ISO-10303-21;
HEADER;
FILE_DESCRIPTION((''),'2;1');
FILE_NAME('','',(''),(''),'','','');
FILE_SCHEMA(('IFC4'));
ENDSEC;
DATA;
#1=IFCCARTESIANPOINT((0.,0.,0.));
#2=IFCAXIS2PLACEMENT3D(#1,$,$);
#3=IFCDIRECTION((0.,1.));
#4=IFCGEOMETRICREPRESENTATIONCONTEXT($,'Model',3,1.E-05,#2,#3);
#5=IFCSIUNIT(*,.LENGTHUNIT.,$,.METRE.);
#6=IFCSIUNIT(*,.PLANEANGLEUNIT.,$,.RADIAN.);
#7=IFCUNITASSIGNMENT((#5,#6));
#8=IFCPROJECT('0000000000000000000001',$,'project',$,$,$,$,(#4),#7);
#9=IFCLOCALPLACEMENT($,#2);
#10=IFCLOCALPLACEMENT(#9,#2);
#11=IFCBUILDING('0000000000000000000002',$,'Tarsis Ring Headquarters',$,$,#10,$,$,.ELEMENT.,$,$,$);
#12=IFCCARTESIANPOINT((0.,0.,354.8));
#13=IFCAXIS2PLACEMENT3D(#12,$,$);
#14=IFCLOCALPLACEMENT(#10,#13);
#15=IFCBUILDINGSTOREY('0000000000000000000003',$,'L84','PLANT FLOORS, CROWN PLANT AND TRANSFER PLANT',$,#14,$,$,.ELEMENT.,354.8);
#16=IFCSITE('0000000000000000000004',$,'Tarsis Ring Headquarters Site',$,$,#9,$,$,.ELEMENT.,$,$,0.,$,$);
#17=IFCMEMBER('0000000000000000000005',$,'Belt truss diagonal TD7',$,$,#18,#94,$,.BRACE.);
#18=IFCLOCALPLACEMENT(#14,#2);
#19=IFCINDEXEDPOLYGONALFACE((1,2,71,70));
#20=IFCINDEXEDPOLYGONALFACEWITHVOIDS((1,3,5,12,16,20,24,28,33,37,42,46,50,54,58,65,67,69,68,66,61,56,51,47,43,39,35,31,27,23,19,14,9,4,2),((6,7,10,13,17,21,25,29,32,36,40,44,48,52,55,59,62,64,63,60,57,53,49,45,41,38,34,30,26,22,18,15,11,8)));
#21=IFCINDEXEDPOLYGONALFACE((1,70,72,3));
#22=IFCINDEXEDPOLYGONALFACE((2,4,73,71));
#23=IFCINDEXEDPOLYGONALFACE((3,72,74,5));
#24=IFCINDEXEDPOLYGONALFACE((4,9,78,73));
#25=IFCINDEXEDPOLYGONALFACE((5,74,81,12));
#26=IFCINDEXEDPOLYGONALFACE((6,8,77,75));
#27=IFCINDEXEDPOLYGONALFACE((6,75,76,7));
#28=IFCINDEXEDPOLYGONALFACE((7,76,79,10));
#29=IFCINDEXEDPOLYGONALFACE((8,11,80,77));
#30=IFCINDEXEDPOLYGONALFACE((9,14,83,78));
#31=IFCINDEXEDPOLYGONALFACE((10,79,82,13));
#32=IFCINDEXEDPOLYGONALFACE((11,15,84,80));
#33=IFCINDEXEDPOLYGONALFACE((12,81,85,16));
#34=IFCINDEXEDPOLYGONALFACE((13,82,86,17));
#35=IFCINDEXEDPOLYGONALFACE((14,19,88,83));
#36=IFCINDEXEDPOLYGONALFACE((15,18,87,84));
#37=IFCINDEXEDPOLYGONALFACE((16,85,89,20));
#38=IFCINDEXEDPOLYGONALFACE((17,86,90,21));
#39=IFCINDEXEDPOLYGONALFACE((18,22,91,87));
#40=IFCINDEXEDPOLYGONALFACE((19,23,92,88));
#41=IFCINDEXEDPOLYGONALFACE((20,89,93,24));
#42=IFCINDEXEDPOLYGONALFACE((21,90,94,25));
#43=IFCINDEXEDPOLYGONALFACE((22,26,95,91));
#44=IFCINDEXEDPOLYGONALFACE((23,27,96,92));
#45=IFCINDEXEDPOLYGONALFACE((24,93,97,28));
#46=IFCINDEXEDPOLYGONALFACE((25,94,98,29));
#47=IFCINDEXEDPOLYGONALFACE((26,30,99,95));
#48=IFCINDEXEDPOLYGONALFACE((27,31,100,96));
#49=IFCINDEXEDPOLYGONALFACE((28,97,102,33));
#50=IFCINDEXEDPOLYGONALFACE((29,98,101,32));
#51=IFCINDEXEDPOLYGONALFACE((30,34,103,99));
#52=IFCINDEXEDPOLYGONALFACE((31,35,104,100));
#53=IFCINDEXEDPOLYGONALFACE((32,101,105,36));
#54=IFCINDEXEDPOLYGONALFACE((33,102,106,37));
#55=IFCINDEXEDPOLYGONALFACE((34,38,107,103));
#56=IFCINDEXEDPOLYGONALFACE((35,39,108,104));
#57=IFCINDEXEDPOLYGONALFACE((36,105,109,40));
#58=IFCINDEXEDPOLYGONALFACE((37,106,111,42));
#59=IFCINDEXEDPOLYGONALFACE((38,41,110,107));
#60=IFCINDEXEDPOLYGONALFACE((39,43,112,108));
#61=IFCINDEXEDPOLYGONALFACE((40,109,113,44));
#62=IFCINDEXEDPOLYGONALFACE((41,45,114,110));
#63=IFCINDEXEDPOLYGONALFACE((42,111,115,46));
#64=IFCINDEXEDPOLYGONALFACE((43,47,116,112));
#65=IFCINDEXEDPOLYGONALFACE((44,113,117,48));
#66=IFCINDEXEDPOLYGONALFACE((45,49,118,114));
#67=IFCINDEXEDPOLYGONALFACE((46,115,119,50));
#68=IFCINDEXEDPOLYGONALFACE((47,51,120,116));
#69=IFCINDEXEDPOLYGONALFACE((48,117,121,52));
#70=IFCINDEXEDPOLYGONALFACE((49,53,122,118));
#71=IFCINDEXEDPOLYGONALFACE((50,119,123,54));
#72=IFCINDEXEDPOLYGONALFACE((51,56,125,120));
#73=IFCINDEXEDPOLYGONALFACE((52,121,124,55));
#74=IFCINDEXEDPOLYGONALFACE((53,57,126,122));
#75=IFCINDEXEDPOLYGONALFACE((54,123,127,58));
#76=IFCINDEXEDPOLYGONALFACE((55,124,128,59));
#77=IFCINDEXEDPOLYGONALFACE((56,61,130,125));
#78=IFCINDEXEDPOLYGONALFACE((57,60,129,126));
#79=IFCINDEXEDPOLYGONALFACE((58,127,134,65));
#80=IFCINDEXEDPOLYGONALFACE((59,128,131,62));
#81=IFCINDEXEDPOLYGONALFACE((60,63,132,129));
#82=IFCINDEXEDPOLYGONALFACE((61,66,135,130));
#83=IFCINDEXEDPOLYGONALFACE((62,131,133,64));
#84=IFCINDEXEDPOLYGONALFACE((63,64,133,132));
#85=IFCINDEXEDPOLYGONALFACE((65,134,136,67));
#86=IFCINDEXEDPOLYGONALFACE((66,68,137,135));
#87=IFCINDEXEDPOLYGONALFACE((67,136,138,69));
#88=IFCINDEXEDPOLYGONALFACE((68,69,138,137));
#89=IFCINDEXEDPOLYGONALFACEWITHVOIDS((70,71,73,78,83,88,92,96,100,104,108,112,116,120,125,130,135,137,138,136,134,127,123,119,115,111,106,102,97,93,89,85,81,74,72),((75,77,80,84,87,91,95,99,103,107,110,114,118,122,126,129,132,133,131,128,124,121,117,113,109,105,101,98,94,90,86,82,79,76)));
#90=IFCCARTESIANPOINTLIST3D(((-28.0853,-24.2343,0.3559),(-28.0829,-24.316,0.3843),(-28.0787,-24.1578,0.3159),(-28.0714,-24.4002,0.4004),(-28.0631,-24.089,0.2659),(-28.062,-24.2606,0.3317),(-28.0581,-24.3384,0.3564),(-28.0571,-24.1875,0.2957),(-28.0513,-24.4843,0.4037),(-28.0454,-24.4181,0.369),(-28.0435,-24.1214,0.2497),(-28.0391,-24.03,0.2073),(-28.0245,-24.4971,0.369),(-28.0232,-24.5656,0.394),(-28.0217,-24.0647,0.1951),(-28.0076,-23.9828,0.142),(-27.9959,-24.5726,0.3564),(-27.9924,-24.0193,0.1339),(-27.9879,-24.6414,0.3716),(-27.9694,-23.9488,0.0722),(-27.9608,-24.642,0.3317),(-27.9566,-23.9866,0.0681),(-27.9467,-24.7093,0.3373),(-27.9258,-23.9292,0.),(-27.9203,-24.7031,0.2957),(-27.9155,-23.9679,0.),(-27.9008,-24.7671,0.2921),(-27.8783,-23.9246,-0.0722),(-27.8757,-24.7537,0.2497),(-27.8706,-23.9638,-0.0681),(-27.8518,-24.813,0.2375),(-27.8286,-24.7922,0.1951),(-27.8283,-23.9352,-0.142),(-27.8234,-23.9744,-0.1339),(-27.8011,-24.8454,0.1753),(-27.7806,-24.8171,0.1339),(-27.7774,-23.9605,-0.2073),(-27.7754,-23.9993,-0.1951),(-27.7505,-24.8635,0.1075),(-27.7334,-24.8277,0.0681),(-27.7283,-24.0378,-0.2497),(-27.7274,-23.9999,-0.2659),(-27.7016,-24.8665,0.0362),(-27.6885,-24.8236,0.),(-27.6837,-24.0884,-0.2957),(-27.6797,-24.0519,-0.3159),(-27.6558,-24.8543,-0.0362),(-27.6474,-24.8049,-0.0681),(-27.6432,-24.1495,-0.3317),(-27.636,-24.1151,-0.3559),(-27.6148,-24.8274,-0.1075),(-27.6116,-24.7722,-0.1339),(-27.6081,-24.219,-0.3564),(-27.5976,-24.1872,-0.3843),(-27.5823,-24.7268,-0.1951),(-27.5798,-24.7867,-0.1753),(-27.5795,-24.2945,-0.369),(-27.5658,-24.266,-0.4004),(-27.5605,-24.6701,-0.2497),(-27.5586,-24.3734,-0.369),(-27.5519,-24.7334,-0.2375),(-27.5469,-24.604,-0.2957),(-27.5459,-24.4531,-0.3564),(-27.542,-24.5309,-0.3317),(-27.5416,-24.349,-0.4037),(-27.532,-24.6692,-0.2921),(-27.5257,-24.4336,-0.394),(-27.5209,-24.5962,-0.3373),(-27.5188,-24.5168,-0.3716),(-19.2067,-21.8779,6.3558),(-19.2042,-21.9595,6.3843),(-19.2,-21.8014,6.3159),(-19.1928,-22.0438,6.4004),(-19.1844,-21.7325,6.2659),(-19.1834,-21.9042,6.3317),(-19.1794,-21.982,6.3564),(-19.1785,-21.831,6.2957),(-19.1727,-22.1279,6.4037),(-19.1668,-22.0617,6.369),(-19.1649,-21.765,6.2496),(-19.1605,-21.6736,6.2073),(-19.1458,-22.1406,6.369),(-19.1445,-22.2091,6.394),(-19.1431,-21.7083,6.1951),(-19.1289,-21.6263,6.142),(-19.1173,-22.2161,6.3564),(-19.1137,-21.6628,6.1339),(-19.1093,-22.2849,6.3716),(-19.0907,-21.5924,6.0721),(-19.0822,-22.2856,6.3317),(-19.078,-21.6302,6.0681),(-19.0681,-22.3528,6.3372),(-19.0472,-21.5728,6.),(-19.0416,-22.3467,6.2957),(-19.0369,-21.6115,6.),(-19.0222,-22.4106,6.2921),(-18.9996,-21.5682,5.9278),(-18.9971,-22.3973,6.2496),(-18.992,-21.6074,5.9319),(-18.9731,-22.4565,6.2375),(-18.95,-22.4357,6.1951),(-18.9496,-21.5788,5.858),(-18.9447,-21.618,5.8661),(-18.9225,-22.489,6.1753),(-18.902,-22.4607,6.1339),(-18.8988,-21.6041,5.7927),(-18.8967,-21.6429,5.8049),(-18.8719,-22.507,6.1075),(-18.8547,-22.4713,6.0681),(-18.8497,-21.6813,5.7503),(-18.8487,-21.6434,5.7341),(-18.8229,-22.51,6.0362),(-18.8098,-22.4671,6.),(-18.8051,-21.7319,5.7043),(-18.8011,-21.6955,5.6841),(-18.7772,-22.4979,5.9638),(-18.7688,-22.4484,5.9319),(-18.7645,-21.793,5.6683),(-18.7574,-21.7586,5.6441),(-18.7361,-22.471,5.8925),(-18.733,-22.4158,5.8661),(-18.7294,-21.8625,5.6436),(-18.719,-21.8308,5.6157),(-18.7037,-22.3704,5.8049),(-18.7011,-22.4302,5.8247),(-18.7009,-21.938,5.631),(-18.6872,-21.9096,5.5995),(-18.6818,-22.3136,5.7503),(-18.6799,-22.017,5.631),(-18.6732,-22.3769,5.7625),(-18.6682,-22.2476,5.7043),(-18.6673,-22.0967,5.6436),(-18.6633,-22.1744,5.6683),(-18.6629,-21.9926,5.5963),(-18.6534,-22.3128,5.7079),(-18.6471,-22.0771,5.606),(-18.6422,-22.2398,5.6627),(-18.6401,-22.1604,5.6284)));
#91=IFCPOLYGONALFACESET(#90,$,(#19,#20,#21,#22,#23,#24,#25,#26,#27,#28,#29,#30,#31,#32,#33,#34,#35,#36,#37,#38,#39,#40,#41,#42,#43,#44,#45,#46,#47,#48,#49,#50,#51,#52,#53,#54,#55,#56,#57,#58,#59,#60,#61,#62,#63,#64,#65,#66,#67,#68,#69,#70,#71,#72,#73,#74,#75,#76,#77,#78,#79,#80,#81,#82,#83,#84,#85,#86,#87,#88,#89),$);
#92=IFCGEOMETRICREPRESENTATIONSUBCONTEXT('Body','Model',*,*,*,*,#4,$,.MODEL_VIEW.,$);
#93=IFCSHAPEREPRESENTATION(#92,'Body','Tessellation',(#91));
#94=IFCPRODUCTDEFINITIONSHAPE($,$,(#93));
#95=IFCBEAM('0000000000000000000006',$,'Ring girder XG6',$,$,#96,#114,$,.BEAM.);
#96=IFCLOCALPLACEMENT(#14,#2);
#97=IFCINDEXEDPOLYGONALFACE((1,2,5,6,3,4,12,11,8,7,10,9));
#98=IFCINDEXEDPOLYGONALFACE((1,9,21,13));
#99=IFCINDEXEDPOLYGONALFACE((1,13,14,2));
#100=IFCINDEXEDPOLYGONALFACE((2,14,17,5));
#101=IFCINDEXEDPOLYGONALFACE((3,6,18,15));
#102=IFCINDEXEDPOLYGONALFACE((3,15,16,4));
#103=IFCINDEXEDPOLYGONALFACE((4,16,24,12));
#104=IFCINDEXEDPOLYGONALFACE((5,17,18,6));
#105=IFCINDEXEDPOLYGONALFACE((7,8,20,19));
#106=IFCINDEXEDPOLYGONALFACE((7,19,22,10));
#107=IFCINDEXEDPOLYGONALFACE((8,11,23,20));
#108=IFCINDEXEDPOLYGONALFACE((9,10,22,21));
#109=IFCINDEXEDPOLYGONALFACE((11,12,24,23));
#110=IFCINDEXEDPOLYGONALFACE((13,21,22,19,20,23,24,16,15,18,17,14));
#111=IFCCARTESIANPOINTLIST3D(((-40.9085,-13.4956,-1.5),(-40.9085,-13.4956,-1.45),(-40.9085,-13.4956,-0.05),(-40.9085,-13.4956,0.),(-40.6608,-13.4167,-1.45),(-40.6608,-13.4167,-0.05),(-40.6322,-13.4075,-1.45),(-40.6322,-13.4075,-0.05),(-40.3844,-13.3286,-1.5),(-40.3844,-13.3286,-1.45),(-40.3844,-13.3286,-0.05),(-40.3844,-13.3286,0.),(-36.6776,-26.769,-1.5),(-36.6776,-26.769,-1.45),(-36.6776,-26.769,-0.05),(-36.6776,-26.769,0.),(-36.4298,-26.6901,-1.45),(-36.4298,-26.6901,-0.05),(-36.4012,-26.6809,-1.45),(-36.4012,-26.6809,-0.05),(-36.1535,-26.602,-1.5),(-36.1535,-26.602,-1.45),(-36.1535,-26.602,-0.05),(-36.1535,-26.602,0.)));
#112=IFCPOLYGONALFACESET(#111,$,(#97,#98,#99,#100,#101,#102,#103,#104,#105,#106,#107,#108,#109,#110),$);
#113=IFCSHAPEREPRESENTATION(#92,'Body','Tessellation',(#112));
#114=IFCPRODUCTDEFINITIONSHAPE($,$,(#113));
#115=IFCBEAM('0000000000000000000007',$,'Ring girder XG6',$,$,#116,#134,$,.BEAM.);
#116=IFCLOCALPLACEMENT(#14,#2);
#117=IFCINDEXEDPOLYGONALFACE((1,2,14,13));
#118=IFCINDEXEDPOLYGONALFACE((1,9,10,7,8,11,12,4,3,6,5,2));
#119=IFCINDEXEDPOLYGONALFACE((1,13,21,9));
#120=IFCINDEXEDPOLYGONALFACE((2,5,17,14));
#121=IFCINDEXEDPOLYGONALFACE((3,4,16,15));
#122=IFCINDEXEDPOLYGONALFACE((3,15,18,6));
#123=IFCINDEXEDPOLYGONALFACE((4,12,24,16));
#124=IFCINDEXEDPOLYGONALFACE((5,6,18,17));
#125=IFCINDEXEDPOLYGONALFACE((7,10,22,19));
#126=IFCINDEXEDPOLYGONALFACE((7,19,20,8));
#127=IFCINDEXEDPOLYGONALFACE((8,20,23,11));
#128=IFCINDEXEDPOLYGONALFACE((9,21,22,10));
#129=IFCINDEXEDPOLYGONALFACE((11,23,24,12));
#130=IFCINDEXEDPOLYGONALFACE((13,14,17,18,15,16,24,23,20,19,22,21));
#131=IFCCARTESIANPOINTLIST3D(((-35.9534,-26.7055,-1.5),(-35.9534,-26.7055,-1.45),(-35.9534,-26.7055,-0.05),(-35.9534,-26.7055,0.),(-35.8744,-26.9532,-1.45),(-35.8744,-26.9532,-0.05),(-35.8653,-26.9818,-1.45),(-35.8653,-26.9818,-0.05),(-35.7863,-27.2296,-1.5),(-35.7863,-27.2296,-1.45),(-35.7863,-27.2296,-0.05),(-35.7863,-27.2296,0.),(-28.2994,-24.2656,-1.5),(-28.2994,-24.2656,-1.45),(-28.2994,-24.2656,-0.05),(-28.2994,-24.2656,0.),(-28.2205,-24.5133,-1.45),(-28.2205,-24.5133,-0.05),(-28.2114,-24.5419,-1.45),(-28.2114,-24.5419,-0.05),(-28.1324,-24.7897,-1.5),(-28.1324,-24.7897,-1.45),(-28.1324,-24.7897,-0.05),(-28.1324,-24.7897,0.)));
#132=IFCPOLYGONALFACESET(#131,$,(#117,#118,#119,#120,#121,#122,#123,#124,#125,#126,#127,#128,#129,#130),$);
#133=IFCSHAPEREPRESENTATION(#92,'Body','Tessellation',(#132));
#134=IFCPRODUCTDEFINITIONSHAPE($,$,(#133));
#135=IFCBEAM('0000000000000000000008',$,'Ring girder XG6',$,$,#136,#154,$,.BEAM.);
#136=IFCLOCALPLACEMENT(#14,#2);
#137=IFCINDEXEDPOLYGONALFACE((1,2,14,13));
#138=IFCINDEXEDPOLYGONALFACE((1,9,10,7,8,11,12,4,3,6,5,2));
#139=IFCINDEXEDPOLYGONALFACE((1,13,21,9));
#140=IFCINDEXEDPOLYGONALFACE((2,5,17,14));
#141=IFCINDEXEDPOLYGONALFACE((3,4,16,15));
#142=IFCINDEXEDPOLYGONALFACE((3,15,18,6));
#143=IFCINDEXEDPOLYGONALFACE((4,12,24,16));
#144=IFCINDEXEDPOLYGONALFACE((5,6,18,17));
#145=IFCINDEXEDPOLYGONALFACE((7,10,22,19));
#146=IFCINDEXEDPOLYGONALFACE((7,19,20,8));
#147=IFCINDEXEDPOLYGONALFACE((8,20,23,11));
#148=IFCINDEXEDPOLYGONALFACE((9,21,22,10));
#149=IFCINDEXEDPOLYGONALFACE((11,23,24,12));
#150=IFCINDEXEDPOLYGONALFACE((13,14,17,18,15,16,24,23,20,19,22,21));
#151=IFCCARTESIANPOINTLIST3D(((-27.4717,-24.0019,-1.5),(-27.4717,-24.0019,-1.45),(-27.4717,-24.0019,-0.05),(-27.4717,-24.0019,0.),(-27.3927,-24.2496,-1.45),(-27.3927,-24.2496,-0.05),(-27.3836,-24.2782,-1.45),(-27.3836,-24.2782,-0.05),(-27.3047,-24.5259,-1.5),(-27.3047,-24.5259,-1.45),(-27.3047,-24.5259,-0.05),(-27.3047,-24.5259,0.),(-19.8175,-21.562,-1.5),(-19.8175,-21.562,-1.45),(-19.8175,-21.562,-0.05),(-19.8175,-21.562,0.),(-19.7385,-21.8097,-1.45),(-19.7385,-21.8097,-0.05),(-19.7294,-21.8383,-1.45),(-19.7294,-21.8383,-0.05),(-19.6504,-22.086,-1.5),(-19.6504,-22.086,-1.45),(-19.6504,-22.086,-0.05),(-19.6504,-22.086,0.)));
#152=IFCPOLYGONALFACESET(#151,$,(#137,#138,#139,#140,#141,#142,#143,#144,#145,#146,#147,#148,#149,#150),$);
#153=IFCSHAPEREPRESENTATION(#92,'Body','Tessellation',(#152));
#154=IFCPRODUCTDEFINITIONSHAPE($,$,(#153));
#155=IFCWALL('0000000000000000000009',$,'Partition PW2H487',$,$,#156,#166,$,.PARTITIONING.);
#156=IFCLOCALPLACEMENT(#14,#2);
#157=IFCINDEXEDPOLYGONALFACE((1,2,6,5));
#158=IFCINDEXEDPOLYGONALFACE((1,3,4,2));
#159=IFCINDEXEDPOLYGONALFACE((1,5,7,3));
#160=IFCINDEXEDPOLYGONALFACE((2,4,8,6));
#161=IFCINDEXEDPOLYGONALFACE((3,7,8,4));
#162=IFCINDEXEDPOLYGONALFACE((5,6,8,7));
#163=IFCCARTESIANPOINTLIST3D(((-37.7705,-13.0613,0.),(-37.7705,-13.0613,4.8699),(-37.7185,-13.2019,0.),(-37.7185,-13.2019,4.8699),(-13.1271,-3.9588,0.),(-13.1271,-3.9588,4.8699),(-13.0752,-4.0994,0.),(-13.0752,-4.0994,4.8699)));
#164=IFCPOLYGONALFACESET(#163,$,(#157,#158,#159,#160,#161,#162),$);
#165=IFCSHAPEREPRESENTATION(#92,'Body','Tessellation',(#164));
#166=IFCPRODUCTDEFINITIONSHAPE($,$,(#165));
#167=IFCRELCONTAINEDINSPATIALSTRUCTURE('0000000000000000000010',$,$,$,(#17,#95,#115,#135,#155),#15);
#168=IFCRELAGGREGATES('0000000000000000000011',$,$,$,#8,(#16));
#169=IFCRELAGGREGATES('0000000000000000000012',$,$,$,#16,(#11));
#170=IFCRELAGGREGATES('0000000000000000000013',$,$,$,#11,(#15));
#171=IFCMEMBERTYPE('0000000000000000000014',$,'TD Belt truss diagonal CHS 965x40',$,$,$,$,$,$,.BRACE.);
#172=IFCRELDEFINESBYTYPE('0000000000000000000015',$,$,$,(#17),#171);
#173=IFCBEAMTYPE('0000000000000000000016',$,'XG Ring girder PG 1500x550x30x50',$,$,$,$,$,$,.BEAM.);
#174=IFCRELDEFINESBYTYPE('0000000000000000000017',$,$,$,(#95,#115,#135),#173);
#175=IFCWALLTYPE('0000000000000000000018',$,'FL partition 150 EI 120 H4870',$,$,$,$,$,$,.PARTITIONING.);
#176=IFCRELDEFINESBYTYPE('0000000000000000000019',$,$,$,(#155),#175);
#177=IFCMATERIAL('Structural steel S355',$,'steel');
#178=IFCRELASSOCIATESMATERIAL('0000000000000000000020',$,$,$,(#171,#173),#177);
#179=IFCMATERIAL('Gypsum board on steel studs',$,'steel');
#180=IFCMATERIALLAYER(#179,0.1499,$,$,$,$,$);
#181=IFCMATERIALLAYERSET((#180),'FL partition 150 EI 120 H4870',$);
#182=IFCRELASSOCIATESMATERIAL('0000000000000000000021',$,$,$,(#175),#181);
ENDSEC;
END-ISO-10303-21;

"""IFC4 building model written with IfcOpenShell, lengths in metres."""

from ifc_helpers import new_model, si_unit, direction, frame, frame_2d, origin, origin_2d, place, context, subcontext, project, spatial, rectangle, hollow_circle, i_section, extrude, material, layer, layer_set, material_profile, profile_set, type_object, element, save


model = new_model("IFC4")

# Units and contexts
model_context = context("Model", 3, precision=1e-05, world=origin(), true_north=direction((0.0, 1.0)))
body_context = subcontext(model_context, "Body", "Model", "MODEL_VIEW")
ifc_project = project(units=[si_unit("LENGTHUNIT", "METRE"), si_unit("PLANEANGLEUNIT", "RADIAN")], contexts=[model_context])

# Site, building, storey
site_placement = place(None, origin())
site = spatial("IfcSite", under=ifc_project, at=site_placement, Name="Tarsis Ring Headquarters Site", CompositionType="ELEMENT", RefElevation=0.0)
building_placement = place(site_placement, origin())
building = spatial("IfcBuilding", under=site, at=building_placement, Name="Tarsis Ring Headquarters", CompositionType="ELEMENT")
storey_placement = place(building_placement, frame((0.0, 0.0, 354.8)))
storey = spatial("IfcBuildingStorey", under=building, at=storey_placement, Name="L84", Description="PLANT FLOORS, CROWN PLANT AND TRANSFER PLANT", CompositionType="ELEMENT", Elevation=354.8)

# Shared definitions
ifc_material_1 = material(Name="Structural steel S355", Category="steel")
ifc_material_profile_1 = material_profile(ifc_material_1, hollow_circle(Radius=0.4827, WallThickness=0.04, at=origin_2d()), Name="CHS 965x40")
ifc_profile_set_1 = profile_set([ifc_material_profile_1], Name="Structural steel S355")

# Member
member_type = type_object("IfcMemberType", Name="TD Belt truss diagonal CHS 965x40", PredefinedType="BRACE", material=ifc_profile_set_1)
member_1_placement = place(storey_placement, frame((-27.802, -24.3958, 0.0), z_axis=(0.809215, 0.21477, 0.546849), x_axis=(-0.256524, 0.966538, 0.0)))
element("IfcMember", 1, at=member_1_placement, inside=storey, type_object=member_type, Name="Belt truss diagonal TD7", PredefinedType="BRACE", context=body_context, shape_type="SweptSolid", body=[
    extrude(hollow_circle(Radius=0.4827, WallThickness=0.04, at=origin_2d()), origin(), (0.0, 0.0, 1.0), 10.9719),
])

# Beams
ifc_material_profile_2 = material_profile(ifc_material_1, i_section(OverallWidth=0.55, OverallDepth=1.5, WebThickness=0.03, FlangeThickness=0.05, at=origin_2d()), Name="PG 1500x550x30x50")
ifc_profile_set_2 = profile_set([ifc_material_profile_2], Name="Structural steel S355")
beam_type = type_object("IfcBeamType", Name="XG Ring girder PG 1500x550x30x50", PredefinedType="BEAM", material=ifc_profile_set_2)
beam_1_placement = place(storey_placement, frame((-40.6465, -13.4121, -0.75), z_axis=(0.303698, -0.952768, 0.0), x_axis=(0.952768, 0.303698, 0.0)))
element("IfcBeam", 2, at=beam_1_placement, inside=storey, type_object=beam_type, Name="Ring girder XG6", PredefinedType="BEAM", context=body_context, shape_type="SweptSolid", body=[
    extrude(i_section(OverallWidth=0.55, OverallDepth=1.5, WebThickness=0.03, FlangeThickness=0.05, at=origin_2d()), origin(), (0.0, 0.0, 1.0), 13.9314),
])
beam_2_placement = place(storey_placement, frame((-35.8699, -26.9675, -0.75), z_axis=(0.952762, 0.303719, 0.0), x_axis=(-0.303719, 0.952762, 0.0)))
element("IfcBeam", 3, at=beam_2_placement, inside=storey, type_object=beam_type, Name="Ring girder XG6", PredefinedType="BEAM", context=body_context, shape_type="SweptSolid", body=[
    extrude(i_section(OverallWidth=0.55, OverallDepth=1.5, WebThickness=0.03, FlangeThickness=0.05, at=origin_2d()), origin(), (0.0, 0.0, 1.0), 8.0334),
])
beam_3_placement = place(storey_placement, frame((-27.3882, -24.2639, -0.75), z_axis=(0.952764, 0.30371, 0.0), x_axis=(-0.30371, 0.952764, 0.0)))
element("IfcBeam", 4, at=beam_3_placement, inside=storey, type_object=beam_type, Name="Ring girder XG6", PredefinedType="BEAM", context=body_context, shape_type="SweptSolid", body=[
    extrude(i_section(OverallWidth=0.55, OverallDepth=1.5, WebThickness=0.03, FlangeThickness=0.05, at=origin_2d()), origin(), (0.0, 0.0, 1.0), 8.0337),
])

# Wall
ifc_material_2 = material(Name="Gypsum board on steel studs", Category="steel")
ifc_layer = layer(ifc_material_2, 0.1499)
ifc_layer_set = layer_set([ifc_layer], Name="FL partition 150 EI 120 H4870")
wall_type = type_object("IfcWallType", Name="FL partition 150 EI 120 H4870", PredefinedType="PARTITIONING", material=ifc_layer_set)
wall_1_placement = place(storey_placement, frame((-37.7444, -13.1316, 0.0), z_axis=(0.0, 0.0, 1.0), x_axis=(0.938054, 0.34649, 0.0)))
element("IfcWall", 5, at=wall_1_placement, inside=storey, type_object=wall_type, Name="Partition PW2H487", PredefinedType="PARTITIONING", context=body_context, shape_type="SweptSolid", body=[
    extrude(rectangle(XDim=26.2708, YDim=0.1499, at=frame_2d((13.1353, 0.0))), origin(), (0.0, 0.0, 1.0), 4.8699),
])

save(model, "model.ifc")
